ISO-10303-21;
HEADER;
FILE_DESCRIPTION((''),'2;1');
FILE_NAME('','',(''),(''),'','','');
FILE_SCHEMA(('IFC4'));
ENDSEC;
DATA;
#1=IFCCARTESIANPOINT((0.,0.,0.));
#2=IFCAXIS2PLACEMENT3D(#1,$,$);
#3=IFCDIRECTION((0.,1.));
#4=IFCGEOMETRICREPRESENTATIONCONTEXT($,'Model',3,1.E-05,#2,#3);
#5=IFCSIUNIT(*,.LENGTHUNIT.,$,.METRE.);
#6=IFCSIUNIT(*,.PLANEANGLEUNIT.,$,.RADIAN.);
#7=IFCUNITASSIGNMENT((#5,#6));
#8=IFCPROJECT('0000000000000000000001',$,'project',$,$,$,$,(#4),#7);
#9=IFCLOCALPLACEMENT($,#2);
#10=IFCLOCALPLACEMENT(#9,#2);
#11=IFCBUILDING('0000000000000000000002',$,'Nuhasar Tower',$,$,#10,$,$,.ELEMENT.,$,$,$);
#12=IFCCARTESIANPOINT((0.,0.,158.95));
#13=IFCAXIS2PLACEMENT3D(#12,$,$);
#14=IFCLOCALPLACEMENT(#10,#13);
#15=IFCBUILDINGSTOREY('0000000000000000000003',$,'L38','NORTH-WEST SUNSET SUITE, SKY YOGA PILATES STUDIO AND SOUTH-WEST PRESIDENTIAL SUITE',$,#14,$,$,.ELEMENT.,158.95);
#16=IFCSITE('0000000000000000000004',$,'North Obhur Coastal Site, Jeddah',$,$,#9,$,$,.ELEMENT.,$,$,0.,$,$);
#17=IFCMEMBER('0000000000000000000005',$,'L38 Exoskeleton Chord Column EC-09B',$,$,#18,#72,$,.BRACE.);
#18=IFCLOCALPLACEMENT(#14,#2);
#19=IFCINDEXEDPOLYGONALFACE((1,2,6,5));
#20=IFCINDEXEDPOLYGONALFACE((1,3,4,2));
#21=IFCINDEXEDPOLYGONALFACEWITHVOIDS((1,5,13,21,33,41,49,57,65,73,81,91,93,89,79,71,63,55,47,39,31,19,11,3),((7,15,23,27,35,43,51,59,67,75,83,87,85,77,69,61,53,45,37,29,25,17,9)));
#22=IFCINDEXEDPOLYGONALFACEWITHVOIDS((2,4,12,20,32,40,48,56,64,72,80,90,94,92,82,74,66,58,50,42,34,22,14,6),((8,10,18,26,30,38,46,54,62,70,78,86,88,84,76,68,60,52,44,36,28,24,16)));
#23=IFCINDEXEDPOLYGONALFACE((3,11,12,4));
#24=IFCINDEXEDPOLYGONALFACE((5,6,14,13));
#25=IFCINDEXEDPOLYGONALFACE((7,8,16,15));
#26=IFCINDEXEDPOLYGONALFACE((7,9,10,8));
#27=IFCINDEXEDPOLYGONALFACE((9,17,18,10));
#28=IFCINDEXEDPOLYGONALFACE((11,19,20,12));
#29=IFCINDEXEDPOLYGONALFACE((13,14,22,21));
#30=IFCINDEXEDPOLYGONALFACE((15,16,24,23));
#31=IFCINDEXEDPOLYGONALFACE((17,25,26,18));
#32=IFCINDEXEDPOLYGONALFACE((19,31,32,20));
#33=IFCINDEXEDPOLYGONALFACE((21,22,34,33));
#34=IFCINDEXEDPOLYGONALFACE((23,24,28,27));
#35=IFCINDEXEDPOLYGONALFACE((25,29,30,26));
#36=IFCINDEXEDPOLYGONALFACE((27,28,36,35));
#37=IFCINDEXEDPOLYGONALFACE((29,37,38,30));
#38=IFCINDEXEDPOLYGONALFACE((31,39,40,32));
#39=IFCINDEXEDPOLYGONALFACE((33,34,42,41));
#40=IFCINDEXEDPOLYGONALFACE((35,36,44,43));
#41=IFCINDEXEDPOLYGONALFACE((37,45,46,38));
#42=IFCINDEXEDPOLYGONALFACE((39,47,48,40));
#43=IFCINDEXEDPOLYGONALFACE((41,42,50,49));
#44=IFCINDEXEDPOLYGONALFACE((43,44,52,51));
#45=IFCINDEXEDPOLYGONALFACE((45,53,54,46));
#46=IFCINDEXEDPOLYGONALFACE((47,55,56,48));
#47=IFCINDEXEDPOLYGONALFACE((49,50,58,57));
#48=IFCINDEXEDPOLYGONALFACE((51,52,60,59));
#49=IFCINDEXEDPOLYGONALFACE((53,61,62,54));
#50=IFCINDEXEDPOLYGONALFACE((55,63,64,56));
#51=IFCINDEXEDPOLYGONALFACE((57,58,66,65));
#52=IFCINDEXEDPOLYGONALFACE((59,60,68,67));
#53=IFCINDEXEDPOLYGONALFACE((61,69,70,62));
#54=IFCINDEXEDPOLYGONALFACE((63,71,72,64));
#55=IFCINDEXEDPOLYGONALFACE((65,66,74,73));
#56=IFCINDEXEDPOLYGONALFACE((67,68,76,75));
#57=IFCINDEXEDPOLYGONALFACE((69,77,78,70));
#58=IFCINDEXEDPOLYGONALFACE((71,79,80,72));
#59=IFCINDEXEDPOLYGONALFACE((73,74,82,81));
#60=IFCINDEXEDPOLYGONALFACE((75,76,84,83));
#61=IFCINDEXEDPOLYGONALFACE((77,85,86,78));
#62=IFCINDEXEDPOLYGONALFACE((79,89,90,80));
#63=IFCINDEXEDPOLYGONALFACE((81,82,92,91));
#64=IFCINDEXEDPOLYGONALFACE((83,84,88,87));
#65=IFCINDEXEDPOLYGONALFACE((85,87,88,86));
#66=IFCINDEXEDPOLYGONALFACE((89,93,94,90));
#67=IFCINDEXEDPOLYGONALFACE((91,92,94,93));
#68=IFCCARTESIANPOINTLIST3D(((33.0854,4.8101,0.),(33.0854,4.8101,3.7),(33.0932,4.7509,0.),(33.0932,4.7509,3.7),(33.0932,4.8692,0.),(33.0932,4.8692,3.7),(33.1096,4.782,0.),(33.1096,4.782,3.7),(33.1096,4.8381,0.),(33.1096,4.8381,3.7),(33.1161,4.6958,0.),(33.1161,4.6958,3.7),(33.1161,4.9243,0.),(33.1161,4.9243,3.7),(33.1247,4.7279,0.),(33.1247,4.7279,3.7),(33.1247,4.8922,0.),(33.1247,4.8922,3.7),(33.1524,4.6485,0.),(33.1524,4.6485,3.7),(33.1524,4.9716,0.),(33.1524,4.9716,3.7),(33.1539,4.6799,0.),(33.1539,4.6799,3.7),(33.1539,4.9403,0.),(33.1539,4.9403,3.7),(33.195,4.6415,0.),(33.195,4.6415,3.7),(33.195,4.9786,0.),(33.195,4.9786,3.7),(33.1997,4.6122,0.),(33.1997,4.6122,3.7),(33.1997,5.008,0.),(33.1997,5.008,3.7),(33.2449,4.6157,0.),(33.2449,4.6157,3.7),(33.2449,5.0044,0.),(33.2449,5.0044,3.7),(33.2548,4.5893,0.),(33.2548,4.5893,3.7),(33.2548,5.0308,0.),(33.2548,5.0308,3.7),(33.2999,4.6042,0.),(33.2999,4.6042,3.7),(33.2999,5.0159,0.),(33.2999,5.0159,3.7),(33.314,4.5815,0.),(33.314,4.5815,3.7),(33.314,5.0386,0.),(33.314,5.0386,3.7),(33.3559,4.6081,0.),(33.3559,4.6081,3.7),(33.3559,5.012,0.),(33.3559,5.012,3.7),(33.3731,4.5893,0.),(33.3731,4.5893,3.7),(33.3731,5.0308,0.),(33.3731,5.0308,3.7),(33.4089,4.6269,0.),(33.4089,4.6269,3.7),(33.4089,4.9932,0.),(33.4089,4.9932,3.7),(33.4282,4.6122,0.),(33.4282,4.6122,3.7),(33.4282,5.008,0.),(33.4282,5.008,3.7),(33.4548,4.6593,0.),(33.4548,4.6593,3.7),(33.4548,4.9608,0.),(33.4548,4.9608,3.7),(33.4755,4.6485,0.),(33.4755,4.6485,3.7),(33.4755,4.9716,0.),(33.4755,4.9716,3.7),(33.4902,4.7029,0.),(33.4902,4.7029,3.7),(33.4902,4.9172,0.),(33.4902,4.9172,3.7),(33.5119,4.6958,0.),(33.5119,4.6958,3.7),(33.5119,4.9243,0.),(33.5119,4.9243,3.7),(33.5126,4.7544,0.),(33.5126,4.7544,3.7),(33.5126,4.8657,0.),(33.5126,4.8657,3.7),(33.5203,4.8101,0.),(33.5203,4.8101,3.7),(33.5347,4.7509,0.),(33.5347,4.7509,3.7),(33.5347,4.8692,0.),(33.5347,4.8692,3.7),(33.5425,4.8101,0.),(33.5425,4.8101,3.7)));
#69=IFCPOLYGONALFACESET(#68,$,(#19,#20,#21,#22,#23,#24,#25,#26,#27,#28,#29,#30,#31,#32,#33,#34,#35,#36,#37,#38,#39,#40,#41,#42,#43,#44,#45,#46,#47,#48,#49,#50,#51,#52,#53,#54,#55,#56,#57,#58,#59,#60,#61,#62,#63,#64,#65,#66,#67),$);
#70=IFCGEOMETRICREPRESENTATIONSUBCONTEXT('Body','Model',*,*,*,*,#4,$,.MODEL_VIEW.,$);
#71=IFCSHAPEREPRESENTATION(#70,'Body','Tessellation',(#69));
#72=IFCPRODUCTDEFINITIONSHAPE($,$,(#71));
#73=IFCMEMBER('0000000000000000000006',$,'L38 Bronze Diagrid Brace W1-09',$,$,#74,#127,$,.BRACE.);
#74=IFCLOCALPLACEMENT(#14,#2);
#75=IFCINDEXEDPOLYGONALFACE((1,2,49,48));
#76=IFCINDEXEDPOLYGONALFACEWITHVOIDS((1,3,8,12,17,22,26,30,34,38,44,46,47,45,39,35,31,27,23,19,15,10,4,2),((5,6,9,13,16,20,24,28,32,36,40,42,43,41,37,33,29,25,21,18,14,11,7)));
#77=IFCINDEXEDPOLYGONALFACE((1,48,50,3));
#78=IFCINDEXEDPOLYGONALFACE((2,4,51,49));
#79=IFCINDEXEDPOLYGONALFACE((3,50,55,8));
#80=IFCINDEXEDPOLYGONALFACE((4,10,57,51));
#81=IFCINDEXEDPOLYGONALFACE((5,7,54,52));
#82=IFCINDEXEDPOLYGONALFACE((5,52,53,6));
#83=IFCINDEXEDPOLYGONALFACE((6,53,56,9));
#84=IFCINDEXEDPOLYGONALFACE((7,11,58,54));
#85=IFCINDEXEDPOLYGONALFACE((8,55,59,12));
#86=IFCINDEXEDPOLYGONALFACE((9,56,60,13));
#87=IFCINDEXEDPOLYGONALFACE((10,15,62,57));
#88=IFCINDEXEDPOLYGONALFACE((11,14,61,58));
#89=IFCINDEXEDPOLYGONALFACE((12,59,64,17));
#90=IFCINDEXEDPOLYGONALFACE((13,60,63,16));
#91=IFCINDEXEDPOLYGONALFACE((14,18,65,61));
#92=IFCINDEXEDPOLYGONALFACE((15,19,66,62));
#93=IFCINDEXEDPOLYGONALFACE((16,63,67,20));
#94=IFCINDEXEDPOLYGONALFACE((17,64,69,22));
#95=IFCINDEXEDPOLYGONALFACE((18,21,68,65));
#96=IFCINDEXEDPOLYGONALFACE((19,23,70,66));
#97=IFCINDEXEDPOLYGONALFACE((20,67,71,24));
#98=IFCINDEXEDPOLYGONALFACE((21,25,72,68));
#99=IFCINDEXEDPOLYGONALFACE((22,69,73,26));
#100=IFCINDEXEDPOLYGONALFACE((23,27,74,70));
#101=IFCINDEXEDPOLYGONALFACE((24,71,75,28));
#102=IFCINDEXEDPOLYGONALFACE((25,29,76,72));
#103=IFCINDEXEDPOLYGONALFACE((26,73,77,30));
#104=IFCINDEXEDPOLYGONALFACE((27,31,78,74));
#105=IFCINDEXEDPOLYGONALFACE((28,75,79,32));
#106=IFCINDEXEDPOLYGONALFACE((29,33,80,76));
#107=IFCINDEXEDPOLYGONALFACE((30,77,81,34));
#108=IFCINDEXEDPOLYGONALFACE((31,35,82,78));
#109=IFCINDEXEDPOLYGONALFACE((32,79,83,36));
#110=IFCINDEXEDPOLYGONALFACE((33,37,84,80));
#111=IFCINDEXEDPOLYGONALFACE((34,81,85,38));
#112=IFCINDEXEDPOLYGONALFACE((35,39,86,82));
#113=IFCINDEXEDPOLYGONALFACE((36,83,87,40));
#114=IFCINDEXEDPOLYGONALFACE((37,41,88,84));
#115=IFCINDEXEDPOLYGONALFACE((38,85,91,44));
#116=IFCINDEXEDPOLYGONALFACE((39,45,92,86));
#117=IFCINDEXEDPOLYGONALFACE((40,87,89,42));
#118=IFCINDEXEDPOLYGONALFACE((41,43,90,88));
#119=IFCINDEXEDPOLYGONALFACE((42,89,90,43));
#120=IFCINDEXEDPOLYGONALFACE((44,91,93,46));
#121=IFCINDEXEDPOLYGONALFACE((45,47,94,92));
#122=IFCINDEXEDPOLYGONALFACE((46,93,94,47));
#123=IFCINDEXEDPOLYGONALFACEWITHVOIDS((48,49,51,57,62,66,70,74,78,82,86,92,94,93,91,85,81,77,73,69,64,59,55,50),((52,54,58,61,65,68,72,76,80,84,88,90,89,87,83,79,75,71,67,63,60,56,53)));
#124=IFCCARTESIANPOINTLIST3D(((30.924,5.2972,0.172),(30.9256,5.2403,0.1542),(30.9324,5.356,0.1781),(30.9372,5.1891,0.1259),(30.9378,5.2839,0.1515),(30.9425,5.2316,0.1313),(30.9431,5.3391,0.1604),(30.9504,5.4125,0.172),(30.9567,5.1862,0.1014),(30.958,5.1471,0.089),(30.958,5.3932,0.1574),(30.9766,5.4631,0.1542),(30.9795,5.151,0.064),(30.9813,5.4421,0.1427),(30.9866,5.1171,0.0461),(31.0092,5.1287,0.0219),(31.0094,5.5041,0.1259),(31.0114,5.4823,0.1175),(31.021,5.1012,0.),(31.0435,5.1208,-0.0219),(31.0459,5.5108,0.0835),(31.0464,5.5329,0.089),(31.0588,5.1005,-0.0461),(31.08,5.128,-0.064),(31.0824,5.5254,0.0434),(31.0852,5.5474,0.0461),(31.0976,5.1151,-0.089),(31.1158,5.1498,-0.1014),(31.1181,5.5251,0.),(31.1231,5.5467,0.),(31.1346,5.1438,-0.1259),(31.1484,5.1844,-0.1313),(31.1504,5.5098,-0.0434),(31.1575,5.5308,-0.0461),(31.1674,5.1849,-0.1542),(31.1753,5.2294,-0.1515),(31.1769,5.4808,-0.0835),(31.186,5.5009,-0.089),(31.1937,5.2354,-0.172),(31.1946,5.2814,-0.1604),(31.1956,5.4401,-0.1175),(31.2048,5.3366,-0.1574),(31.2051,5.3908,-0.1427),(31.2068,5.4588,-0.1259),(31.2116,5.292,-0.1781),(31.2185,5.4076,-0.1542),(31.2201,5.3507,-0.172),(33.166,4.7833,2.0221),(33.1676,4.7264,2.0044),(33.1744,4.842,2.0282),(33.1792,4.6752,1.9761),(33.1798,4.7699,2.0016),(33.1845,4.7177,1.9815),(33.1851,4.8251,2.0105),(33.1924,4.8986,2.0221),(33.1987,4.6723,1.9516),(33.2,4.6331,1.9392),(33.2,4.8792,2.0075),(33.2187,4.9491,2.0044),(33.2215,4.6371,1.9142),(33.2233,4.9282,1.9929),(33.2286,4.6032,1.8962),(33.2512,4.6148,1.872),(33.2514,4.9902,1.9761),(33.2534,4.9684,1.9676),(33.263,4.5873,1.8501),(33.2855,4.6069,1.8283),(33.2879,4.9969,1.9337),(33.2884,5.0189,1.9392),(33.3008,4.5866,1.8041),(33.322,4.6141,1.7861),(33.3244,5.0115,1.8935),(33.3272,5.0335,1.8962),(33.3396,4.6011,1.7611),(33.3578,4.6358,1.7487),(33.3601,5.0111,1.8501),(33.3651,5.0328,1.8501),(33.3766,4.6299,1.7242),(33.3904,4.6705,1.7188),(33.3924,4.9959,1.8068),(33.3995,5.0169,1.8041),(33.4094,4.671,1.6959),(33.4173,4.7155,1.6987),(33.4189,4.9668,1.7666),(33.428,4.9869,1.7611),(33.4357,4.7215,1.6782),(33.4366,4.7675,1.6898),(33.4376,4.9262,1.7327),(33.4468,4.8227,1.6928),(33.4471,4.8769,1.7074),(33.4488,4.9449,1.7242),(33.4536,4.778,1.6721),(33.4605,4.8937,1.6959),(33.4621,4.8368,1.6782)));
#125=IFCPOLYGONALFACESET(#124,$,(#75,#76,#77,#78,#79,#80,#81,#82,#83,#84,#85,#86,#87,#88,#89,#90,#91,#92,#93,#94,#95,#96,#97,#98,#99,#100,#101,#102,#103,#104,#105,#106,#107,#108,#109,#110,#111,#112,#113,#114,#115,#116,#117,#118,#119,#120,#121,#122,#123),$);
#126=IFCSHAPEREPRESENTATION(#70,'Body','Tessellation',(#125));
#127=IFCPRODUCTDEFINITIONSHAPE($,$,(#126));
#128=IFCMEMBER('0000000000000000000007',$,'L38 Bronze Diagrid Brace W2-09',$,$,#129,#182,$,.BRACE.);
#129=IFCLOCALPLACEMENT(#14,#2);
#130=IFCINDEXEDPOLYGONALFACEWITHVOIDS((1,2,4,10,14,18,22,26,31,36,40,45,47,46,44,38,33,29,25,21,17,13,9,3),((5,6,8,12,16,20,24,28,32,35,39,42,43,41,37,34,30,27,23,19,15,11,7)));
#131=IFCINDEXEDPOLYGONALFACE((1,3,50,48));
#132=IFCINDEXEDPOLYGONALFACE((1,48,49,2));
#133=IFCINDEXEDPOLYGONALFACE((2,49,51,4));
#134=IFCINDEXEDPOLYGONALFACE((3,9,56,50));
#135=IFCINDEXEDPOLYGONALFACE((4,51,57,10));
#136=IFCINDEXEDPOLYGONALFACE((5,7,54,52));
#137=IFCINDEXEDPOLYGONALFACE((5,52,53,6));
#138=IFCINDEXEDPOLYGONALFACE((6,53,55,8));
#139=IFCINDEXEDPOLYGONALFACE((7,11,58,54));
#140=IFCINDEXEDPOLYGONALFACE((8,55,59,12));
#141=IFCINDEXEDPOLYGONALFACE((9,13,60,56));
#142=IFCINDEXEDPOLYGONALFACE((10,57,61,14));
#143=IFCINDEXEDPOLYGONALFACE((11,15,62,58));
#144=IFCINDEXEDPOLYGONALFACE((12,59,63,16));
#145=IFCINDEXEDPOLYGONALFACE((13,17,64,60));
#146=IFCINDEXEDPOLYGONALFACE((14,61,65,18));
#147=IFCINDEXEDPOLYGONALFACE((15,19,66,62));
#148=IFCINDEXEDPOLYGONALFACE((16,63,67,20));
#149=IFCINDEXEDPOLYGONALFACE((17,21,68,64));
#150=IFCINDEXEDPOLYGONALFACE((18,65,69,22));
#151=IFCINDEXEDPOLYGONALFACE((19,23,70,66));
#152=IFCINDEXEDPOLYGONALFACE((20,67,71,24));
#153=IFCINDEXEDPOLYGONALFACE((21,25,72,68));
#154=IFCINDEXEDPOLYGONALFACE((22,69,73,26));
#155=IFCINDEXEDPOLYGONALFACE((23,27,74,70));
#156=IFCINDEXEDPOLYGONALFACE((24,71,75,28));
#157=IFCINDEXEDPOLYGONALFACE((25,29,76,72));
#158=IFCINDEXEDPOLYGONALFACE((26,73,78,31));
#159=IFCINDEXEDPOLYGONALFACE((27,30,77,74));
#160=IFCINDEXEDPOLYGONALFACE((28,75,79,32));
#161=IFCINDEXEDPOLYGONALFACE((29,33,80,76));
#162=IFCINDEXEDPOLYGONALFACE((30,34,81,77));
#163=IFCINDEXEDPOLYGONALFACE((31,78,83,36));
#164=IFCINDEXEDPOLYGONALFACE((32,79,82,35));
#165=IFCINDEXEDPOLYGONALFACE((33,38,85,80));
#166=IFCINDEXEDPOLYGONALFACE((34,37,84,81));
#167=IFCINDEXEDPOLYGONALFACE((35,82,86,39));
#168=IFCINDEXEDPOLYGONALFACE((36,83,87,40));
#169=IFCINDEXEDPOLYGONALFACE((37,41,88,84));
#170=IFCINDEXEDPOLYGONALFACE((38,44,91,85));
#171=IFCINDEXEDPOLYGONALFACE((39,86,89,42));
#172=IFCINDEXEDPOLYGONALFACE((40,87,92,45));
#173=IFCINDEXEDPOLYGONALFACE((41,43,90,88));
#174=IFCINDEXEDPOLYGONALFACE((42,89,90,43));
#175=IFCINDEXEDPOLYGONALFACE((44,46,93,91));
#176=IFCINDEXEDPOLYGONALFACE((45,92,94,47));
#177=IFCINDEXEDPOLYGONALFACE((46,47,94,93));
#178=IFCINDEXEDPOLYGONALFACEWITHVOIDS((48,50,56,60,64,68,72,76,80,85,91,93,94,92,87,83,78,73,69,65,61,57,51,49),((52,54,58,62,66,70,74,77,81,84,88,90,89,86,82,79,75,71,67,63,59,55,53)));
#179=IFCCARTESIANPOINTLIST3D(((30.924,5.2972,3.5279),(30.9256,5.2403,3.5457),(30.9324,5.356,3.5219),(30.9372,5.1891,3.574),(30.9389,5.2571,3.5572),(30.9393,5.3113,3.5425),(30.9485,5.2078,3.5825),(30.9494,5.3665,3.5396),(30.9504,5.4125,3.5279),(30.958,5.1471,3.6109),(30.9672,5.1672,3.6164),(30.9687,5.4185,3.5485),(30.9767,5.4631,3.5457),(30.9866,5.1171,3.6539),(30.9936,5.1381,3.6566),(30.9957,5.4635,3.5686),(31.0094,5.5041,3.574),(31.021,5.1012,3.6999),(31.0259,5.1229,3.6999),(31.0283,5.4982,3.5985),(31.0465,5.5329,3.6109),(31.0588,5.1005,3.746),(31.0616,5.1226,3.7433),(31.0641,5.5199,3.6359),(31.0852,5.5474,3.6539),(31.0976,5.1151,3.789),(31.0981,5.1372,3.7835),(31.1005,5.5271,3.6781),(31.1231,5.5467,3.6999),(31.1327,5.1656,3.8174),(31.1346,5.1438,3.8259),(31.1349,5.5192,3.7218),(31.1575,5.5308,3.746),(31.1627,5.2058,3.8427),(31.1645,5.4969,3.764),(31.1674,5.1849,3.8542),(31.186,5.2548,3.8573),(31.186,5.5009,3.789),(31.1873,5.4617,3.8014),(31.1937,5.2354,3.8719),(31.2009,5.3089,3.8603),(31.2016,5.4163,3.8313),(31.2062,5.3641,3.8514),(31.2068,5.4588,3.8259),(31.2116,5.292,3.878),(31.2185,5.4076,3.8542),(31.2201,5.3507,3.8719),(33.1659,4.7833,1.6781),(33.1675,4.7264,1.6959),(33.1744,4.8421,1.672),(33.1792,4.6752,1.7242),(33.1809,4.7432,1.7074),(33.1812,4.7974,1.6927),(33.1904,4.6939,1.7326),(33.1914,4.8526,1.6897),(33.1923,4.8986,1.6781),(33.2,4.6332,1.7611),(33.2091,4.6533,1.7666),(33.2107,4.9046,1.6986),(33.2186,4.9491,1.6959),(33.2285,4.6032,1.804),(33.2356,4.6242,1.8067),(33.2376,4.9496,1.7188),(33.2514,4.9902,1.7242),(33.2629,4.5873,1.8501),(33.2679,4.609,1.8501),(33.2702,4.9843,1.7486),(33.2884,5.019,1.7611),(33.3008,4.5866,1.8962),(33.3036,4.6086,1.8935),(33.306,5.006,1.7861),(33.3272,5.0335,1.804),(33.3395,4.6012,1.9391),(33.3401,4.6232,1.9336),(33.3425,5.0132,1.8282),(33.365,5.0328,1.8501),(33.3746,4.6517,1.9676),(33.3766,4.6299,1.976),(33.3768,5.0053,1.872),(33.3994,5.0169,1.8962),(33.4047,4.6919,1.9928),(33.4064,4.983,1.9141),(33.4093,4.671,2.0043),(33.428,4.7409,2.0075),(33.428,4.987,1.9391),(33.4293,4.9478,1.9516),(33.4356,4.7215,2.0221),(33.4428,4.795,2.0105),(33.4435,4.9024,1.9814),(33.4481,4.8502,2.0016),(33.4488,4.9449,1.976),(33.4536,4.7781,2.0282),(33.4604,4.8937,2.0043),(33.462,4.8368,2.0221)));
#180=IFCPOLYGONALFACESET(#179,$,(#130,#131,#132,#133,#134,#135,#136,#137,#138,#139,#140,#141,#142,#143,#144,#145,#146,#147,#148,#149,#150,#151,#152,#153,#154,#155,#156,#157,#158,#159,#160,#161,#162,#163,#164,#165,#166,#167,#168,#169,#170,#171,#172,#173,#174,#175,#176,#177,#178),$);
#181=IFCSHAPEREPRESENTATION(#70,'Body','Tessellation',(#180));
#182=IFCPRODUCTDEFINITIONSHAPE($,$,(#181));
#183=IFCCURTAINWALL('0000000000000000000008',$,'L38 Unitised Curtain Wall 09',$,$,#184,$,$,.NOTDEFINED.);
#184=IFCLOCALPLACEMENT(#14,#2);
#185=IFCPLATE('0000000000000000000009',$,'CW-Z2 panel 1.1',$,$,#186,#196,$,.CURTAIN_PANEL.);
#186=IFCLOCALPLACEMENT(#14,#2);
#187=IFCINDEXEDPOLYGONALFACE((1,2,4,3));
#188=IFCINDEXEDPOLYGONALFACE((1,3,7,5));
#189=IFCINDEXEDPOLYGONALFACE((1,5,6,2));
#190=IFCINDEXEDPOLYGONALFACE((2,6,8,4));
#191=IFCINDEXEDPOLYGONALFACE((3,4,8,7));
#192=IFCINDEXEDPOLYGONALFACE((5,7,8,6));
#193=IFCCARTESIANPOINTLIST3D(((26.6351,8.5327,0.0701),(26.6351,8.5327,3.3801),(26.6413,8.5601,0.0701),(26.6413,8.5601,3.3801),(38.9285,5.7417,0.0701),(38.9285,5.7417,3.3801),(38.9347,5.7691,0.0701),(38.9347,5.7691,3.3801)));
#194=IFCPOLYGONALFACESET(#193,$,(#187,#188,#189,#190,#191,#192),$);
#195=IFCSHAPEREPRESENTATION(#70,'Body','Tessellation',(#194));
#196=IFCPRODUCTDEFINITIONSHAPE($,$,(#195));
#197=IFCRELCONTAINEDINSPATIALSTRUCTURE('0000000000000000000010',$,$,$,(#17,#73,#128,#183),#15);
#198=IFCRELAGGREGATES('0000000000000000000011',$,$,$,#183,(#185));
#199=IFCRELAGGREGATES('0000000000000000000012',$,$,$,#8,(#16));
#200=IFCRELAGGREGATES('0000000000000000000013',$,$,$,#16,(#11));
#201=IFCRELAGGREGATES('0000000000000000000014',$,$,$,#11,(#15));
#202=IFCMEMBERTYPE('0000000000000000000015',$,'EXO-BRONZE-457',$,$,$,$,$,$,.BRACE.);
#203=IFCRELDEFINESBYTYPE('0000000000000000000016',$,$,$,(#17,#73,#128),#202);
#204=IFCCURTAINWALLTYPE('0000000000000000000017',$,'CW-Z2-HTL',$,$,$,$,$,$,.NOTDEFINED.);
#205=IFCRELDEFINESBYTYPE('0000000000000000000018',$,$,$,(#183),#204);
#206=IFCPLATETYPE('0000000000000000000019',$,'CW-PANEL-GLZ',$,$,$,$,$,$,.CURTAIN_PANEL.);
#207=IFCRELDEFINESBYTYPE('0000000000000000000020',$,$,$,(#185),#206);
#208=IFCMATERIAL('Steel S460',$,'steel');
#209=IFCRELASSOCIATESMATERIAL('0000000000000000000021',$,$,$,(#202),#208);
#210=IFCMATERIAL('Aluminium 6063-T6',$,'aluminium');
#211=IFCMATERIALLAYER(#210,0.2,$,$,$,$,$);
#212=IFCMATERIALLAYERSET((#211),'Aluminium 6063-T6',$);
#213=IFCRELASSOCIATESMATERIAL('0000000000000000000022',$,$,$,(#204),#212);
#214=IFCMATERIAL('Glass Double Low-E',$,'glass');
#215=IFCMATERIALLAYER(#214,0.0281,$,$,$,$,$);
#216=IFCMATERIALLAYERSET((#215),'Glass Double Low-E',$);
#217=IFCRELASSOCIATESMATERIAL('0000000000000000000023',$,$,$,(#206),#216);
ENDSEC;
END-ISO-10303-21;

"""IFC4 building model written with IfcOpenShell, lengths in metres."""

from ifc_helpers import new_model, si_unit, direction, frame, origin, origin_2d, place, context, subcontext, project, spatial, rectangle, hollow_circle, extrude, material, layer, layer_set, material_profile, profile_set, type_object, element, aggregate, save


model = new_model("IFC4")

# Units and contexts
model_context = context("Model", 3, precision=1e-05, world=origin(), true_north=direction((0.0, 1.0)))
body_context = subcontext(model_context, "Body", "Model", "MODEL_VIEW")
ifc_project = project(units=[si_unit("LENGTHUNIT", "METRE"), si_unit("PLANEANGLEUNIT", "RADIAN")], contexts=[model_context])

# Site, building, storey
site_placement = place(None, origin())
site = spatial("IfcSite", under=ifc_project, at=site_placement, Name="North Obhur Coastal Site, Jeddah", CompositionType="ELEMENT", RefElevation=0.0)
building_placement = place(site_placement, origin())
building = spatial("IfcBuilding", under=site, at=building_placement, Name="Nuhasar Tower", CompositionType="ELEMENT")
storey_placement = place(building_placement, frame((0.0, 0.0, 158.95)))
storey = spatial("IfcBuildingStorey", under=building, at=storey_placement, Name="L38", Description="NORTH-WEST SUNSET SUITE, SKY YOGA PILATES STUDIO AND SOUTH-WEST PRESIDENTIAL SUITE", CompositionType="ELEMENT", Elevation=158.95)

# Members
ifc_material_1 = material(Name="Steel S460", Category="steel")
ifc_material_profile_1 = material_profile(ifc_material_1, hollow_circle(Radius=0.2285, WallThickness=0.0222, at=origin_2d()), Name="HSS457X22.2")
ifc_profile_set_1 = profile_set([ifc_material_profile_1], Name="Steel S460")
member_type = type_object("IfcMemberType", Name="EXO-BRONZE-457", PredefinedType="BRACE", material=ifc_profile_set_1)
for number, where, z_axis, x_axis, name in (
    (1, (33.314, 4.8101, 0.0), (0.0, 0.0, 1.0), (1.0, 0.0, 0.0), "L38 Exoskeleton Chord Column EC-09B"),
):
    element("IfcMember", number, at=place(storey_placement, frame(where, z_axis=z_axis, x_axis=x_axis)), inside=storey, type_object=member_type, Name=name, PredefinedType="BRACE", context=body_context, shape_type="SweptSolid", body=[
        extrude(hollow_circle(Radius=0.2285, WallThickness=0.0222, at=origin_2d()), origin(), (0.0, 0.0, 1.0), 3.7),
    ])
member_1_placement = place(storey_placement, frame((31.072, 5.324, 0.0), z_axis=(0.75951, -0.174101, 0.626764), x_axis=(0.223433, 0.974719, 0.0)))
element("IfcMember", 2, at=member_1_placement, inside=storey, type_object=member_type, Name="L38 Bronze Diagrid Brace W1-09", PredefinedType="BRACE", context=body_context, shape_type="SweptSolid", body=[
    extrude(hollow_circle(Radius=0.2285, WallThickness=0.0222, at=origin_2d()), origin(), (0.0, 0.0, 1.0), 2.9519),
])
member_2_placement = place(storey_placement, frame((33.314, 4.8101, 1.8501), z_axis=(-0.75955, 0.17411, 0.626713), x_axis=(-0.223433, -0.974719, 0.0)))
element("IfcMember", 3, at=member_2_placement, inside=storey, type_object=member_type, Name="L38 Bronze Diagrid Brace W2-09", PredefinedType="BRACE", context=body_context, shape_type="SweptSolid", body=[
    extrude(hollow_circle(Radius=0.2285, WallThickness=0.0222, at=origin_2d()), origin(), (0.0, 0.0, 1.0), 2.9517),
])

# Curtain wall, plate
ifc_material_2 = material(Name="Aluminium 6063-T6", Category="aluminium")
ifc_layer_1 = layer(ifc_material_2, 0.2)
ifc_layer_set_1 = layer_set([ifc_layer_1], Name="Aluminium 6063-T6")
curtain_wall_type = type_object("IfcCurtainWallType", Name="CW-Z2-HTL", PredefinedType="NOTDEFINED", material=ifc_layer_set_1)
curtain_wall_placement = place(storey_placement, origin())
curtain_wall = element("IfcCurtainWall", 4, at=curtain_wall_placement, inside=storey, type_object=curtain_wall_type, Name="L38 Unitised Curtain Wall 09", PredefinedType="NOTDEFINED")
ifc_material_3 = material(Name="Glass Double Low-E", Category="glass")
ifc_layer_2 = layer(ifc_material_3, 0.0281)
ifc_layer_set_2 = layer_set([ifc_layer_2], Name="Glass Double Low-E")
plate_type = type_object("IfcPlateType", Name="CW-PANEL-GLZ", PredefinedType="CURTAIN_PANEL", material=ifc_layer_set_2)
plate_placement = place(storey_placement, frame((32.7849, 7.1509, 0.0701), z_axis=(0.0, 0.0, 1.0), x_axis=(0.975184, -0.221397, 0.0)))
plate = element("IfcPlate", 5, at=plate_placement, type_object=plate_type, Name="CW-Z2 panel 1.1", PredefinedType="CURTAIN_PANEL", context=body_context, shape_type="SweptSolid", body=[
    extrude(rectangle(XDim=12.6062, YDim=0.0281, at=origin_2d()), origin(), (0.0, 0.0, 1.0), 3.3101),
])
aggregate(curtain_wall, [plate])

save(model, "model.ifc")
